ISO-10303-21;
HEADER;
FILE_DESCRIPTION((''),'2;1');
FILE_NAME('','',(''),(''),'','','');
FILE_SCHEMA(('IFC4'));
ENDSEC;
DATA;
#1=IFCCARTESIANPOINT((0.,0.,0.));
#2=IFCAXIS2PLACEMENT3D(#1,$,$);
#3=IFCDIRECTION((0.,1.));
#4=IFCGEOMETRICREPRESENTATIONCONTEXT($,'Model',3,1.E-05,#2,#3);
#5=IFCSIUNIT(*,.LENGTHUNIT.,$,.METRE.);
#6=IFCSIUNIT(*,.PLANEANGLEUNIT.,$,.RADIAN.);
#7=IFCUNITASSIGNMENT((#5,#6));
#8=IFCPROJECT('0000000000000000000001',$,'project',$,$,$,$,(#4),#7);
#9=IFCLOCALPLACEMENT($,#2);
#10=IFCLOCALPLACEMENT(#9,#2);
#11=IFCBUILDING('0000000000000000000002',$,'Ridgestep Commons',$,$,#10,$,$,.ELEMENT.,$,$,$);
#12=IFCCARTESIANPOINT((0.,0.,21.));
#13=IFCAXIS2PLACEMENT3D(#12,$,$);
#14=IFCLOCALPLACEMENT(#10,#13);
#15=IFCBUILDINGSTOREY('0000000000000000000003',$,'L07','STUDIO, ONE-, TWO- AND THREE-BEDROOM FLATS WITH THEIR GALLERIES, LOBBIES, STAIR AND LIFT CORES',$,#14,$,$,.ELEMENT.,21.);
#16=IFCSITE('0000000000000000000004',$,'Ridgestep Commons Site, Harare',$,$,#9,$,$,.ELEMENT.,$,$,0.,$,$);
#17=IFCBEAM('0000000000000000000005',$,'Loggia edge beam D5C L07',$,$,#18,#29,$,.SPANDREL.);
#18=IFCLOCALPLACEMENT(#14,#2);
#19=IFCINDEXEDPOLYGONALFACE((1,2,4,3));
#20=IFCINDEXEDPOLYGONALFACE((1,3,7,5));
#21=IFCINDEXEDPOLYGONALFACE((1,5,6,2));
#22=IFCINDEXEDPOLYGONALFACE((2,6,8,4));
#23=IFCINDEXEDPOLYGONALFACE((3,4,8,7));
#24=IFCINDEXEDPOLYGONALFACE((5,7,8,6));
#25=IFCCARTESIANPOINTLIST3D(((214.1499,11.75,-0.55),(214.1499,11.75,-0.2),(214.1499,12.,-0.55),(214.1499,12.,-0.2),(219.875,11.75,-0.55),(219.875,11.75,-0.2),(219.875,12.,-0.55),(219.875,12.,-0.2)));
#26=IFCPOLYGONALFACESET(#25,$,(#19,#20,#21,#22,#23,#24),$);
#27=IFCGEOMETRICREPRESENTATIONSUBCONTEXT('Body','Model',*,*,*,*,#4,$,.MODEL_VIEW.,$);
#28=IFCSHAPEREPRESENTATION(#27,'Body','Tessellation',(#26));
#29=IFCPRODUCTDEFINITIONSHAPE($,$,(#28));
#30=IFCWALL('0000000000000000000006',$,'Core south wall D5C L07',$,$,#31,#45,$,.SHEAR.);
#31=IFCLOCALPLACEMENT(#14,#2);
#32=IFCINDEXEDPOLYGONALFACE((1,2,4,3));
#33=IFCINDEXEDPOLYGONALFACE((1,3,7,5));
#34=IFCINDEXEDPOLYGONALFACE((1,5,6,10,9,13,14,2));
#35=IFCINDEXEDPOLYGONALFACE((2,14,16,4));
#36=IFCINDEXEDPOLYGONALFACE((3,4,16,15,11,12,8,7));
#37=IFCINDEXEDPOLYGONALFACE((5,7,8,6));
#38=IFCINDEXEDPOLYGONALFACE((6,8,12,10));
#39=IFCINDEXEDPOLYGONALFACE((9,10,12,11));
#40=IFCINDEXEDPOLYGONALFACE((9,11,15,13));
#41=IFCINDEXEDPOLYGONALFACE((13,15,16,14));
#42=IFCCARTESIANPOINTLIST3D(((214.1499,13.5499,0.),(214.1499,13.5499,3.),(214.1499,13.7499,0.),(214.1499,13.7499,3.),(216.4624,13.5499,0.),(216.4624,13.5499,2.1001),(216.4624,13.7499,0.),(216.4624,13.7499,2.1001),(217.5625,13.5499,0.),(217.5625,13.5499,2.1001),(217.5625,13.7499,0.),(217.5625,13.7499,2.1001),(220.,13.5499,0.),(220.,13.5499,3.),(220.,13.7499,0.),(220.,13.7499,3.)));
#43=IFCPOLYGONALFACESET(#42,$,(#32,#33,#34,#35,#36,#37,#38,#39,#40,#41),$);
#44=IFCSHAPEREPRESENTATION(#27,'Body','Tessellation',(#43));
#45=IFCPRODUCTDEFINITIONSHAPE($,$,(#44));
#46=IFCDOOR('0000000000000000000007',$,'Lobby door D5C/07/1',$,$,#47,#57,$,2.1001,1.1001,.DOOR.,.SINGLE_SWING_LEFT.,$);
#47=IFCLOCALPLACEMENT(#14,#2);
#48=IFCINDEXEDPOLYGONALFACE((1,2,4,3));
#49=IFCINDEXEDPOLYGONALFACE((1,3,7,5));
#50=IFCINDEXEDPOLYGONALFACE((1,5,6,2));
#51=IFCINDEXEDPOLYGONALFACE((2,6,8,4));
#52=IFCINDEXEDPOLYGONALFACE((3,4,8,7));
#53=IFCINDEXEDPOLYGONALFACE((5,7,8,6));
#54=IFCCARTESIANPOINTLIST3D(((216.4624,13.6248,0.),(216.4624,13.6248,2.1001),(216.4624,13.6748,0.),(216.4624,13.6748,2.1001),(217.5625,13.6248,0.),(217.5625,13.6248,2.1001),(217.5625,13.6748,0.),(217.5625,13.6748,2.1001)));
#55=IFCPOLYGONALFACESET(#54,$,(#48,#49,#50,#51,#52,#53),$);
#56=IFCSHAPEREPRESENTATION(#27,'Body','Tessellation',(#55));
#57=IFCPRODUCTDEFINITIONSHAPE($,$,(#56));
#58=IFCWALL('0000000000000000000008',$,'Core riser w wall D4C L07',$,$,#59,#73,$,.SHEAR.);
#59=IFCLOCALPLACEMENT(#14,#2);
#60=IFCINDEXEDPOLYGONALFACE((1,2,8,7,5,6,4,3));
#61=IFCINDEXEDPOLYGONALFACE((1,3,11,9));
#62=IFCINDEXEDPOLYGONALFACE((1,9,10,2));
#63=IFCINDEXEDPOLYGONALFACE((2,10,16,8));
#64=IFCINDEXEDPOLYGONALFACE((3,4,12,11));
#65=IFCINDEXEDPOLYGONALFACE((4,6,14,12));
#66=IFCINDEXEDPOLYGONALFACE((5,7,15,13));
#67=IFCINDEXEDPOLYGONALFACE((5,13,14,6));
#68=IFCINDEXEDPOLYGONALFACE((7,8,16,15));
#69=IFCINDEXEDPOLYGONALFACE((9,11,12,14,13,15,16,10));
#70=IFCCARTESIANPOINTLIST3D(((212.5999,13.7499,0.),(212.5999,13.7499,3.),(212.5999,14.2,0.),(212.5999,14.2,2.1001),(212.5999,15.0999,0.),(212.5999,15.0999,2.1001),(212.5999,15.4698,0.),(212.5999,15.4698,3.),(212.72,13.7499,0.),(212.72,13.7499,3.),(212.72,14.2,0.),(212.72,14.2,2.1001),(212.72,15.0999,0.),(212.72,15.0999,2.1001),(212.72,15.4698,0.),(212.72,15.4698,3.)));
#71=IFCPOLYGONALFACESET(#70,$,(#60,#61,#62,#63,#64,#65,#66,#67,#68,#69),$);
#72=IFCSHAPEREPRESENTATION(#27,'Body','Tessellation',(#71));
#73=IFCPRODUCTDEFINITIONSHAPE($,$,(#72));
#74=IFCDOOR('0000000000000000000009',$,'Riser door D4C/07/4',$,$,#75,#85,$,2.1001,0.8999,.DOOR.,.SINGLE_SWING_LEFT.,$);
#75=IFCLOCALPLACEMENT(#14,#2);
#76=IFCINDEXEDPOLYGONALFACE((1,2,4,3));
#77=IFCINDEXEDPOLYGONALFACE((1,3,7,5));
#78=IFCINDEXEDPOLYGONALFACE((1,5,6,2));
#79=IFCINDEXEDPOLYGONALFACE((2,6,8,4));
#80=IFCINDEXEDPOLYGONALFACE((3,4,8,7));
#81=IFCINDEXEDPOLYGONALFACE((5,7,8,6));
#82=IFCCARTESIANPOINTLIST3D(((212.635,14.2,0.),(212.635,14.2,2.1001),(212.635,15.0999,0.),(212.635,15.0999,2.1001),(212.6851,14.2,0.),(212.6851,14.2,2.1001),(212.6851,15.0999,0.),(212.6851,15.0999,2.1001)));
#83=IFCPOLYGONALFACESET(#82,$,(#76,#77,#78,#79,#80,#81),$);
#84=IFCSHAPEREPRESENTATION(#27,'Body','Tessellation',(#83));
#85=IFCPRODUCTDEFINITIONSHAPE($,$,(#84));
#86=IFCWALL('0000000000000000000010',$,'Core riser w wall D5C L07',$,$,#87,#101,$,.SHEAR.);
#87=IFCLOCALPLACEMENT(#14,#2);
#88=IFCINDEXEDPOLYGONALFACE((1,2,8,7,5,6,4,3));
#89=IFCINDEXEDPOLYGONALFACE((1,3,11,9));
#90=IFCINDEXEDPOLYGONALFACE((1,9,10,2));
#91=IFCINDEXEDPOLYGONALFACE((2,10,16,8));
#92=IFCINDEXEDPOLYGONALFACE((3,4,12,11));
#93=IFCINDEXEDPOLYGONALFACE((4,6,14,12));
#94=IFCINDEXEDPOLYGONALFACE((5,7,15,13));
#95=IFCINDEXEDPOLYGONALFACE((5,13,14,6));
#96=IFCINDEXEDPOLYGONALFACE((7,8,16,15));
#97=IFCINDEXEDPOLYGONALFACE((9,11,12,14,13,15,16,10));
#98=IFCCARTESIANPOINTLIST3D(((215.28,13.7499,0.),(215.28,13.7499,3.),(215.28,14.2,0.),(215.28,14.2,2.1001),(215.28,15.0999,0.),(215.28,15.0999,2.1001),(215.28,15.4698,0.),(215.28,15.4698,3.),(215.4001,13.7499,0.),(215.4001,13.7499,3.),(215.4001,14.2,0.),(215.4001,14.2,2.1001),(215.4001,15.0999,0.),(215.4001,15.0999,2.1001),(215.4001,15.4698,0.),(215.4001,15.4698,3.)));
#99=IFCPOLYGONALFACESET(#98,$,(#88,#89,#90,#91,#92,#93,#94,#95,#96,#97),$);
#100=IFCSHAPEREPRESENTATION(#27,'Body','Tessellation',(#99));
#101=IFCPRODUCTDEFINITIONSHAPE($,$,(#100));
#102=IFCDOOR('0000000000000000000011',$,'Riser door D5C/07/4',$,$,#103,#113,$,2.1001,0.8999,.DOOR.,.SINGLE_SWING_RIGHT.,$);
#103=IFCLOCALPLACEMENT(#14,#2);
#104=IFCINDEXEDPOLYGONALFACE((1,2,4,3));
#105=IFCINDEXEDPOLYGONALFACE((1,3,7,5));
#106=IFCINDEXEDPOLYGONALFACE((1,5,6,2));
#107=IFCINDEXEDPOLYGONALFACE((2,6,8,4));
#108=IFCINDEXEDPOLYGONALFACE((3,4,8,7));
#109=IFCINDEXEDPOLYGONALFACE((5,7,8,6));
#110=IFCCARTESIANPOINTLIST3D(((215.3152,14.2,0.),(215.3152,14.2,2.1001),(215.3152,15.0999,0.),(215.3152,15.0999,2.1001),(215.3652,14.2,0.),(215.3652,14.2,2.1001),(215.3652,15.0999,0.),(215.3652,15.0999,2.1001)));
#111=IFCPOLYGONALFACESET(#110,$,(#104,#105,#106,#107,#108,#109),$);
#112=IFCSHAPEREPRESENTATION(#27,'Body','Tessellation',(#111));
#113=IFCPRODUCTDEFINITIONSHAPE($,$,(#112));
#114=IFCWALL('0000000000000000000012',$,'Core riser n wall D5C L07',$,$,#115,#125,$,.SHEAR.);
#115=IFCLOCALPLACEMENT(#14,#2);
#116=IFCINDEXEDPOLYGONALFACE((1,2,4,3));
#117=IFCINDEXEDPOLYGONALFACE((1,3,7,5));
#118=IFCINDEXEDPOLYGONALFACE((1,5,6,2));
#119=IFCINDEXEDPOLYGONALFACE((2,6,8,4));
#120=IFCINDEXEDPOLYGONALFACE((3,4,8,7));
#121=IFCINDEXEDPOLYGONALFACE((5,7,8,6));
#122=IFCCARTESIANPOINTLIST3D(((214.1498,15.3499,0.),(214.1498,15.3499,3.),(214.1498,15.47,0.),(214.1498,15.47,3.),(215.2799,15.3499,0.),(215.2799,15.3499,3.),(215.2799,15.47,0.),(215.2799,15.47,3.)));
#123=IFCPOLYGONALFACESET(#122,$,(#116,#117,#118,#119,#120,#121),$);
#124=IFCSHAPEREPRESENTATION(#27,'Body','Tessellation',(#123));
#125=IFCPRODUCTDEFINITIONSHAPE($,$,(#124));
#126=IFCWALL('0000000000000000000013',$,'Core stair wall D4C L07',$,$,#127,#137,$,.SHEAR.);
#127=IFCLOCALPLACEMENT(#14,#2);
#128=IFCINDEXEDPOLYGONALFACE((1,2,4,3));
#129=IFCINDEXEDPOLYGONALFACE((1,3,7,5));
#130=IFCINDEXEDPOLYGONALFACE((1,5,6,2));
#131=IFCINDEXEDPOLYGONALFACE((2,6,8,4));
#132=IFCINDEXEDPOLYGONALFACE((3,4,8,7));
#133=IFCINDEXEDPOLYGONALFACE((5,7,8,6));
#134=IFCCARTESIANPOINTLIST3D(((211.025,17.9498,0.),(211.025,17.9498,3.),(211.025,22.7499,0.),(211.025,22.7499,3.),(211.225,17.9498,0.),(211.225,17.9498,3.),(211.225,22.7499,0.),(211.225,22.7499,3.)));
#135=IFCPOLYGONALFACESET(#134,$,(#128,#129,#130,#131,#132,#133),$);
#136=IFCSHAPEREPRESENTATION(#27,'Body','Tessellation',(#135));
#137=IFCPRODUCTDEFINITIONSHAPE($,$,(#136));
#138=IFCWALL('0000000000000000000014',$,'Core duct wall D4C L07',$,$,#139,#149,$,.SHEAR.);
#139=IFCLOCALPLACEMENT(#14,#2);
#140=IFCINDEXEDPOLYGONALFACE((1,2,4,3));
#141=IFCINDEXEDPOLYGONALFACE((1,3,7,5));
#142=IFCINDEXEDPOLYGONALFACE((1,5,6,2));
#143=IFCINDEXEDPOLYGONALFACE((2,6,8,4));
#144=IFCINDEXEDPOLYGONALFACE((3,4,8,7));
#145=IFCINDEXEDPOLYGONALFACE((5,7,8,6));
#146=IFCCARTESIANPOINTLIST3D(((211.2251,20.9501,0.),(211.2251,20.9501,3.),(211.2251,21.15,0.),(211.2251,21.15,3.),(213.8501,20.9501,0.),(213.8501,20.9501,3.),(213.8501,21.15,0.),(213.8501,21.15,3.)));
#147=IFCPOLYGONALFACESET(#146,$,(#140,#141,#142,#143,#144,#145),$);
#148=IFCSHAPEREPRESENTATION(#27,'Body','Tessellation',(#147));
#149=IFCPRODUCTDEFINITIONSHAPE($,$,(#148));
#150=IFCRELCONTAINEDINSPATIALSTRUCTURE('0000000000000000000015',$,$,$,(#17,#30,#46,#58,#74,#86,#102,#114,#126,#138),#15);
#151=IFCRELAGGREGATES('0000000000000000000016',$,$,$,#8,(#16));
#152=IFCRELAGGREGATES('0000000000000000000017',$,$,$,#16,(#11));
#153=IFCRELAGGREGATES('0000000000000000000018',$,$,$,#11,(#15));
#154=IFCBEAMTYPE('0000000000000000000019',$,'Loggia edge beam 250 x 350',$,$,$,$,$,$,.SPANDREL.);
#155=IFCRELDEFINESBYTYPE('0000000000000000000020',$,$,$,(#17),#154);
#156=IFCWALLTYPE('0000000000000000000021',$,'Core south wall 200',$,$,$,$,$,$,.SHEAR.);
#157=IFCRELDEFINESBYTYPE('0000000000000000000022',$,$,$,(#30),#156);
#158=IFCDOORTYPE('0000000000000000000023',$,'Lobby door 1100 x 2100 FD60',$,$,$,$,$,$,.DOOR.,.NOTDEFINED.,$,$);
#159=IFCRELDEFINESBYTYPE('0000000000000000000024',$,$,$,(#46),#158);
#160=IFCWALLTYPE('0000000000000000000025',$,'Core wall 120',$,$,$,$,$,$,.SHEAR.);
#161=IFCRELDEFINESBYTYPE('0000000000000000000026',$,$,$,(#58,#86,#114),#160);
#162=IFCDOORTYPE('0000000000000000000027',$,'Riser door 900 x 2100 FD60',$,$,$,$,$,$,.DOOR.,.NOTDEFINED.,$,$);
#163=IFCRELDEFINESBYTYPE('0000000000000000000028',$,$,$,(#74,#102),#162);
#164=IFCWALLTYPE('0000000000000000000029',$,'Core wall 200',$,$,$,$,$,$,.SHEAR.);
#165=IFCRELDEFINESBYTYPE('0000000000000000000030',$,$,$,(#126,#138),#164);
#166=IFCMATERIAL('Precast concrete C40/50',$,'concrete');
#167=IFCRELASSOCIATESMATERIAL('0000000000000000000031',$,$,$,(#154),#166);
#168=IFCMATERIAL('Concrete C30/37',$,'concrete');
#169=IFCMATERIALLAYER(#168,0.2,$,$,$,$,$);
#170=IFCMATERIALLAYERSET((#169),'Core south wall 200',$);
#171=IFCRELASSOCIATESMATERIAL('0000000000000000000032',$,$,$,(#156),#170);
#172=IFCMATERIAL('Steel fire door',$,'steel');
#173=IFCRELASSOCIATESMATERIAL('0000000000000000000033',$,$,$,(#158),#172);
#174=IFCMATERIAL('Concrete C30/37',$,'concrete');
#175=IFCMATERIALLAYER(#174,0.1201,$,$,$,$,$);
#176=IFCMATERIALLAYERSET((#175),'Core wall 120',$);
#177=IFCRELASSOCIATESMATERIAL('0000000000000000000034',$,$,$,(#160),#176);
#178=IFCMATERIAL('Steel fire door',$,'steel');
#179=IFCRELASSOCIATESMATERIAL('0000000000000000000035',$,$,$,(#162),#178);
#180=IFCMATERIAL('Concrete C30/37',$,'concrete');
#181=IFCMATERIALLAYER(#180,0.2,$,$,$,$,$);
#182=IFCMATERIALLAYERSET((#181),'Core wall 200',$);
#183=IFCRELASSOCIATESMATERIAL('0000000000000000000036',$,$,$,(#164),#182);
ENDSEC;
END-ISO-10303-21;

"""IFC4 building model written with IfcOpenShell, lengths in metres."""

from ifc_helpers import new_model, si_unit, direction, frame, frame_2d, origin, origin_2d, place, context, subcontext, project, spatial, rectangle, extrude, material, layer, layer_set, material_profile, profile_set, type_object, element, fill, save


model = new_model("IFC4")

# Units and contexts
model_context = context("Model", 3, precision=1e-05, world=origin(), true_north=direction((0.0, 1.0)))
body_context = subcontext(model_context, "Body", "Model", "MODEL_VIEW")
ifc_project = project(units=[si_unit("LENGTHUNIT", "METRE"), si_unit("PLANEANGLEUNIT", "RADIAN")], contexts=[model_context])

# Site, building, storey
site_placement = place(None, origin())
site = spatial("IfcSite", under=ifc_project, at=site_placement, Name="Ridgestep Commons Site, Harare", CompositionType="ELEMENT", RefElevation=0.0)
building_placement = place(site_placement, origin())
building = spatial("IfcBuilding", under=site, at=building_placement, Name="Ridgestep Commons", CompositionType="ELEMENT")
storey_placement = place(building_placement, frame((0.0, 0.0, 21.0)))
storey = spatial("IfcBuildingStorey", under=building, at=storey_placement, Name="L07", Description="STUDIO, ONE-, TWO- AND THREE-BEDROOM FLATS WITH THEIR GALLERIES, LOBBIES, STAIR AND LIFT CORES", CompositionType="ELEMENT", Elevation=21.0)

# Beam
ifc_material_1 = material(Name="Precast concrete C40/50", Category="concrete")
ifc_material_profile = material_profile(ifc_material_1, rectangle(XDim=0.25, YDim=0.3501, at=origin_2d()), Name="PC 250x350")
ifc_profile_set = profile_set([ifc_material_profile], Name="Precast concrete C40/50")
beam_type = type_object("IfcBeamType", Name="Loggia edge beam 250 x 350", PredefinedType="SPANDREL", material=ifc_profile_set)
beam_placement = place(storey_placement, frame((214.1499, 11.875, -0.375), z_axis=(1.0, 0.0, 0.0), x_axis=(0.0, 1.0, 0.0)))
element("IfcBeam", 1, at=beam_placement, inside=storey, type_object=beam_type, Name="Loggia edge beam D5C L07", PredefinedType="SPANDREL", context=body_context, shape_type="SweptSolid", body=[
    extrude(rectangle(XDim=0.25, YDim=0.3501, at=origin_2d()), origin(), (0.0, 0.0, 1.0), 5.7251),
])

# Walls, openings, doors
ifc_material_2 = material(Name="Concrete C30/37", Category="concrete")
ifc_layer_1 = layer(ifc_material_2, 0.2)
ifc_layer_set_1 = layer_set([ifc_layer_1], Name="Core south wall 200")
wall_type_1 = type_object("IfcWallType", Name="Core south wall 200", PredefinedType="SHEAR", material=ifc_layer_set_1)
wall_1_placement = place(storey_placement, frame((214.1499, 13.6499, 0.0), z_axis=(0.0, 0.0, 1.0), x_axis=(1.0, 0.0, 0.0)))
wall_1 = element("IfcWall", 2, at=wall_1_placement, inside=storey, type_object=wall_type_1, Name="Core south wall D5C L07", PredefinedType="SHEAR", context=body_context, shape_type="SweptSolid", body=[
    extrude(rectangle(XDim=5.8501, YDim=0.2, at=frame_2d((2.925, 0.0))), origin(), (0.0, 0.0, 1.0), 3.0),
])
opening_1_placement = place(wall_1_placement, frame((2.3125, 0.0, 0.0)))
opening_1 = element("IfcOpeningElement", 3, at=opening_1_placement, cuts=wall_1, PredefinedType="OPENING", context=body_context, shape_type="SweptSolid", body=[
    extrude(rectangle(XDim=1.1001, YDim=2.1001, at=frame_2d((0.55, 1.05))), frame((0.0, 0.1099, 0.0), z_axis=(0.0, -1.0, 0.0), x_axis=(1.0, 0.0, 0.0)), (0.0, 0.0, 1.0), 0.22),
])
ifc_material_3 = material(Name="Steel fire door", Category="steel")
door_type_1 = type_object("IfcDoorType", Name="Lobby door 1100 x 2100 FD60", OperationType="NOTDEFINED", PredefinedType="DOOR", material=ifc_material_3)
door_1_placement = place(opening_1_placement, origin())
door_1 = element("IfcDoor", 4, at=door_1_placement, inside=storey, type_object=door_type_1, Name="Lobby door D5C/07/1", OperationType="SINGLE_SWING_LEFT", OverallHeight=2.1001, OverallWidth=1.1001, PredefinedType="DOOR", context=body_context, shape_type="SweptSolid", body=[
    extrude(rectangle(XDim=1.1001, YDim=2.1001, at=frame_2d((0.55, 1.05))), frame((0.0, 0.0249, 0.0), z_axis=(0.0, -1.0, 0.0), x_axis=(1.0, 0.0, 0.0)), (0.0, 0.0, 1.0), 0.05),
])
fill(opening_1, door_1)
ifc_material_4 = material(Name="Concrete C30/37", Category="concrete")
ifc_layer_2 = layer(ifc_material_4, 0.1201)
ifc_layer_set_2 = layer_set([ifc_layer_2], Name="Core wall 120")
wall_type_2 = type_object("IfcWallType", Name="Core wall 120", PredefinedType="SHEAR", material=ifc_layer_set_2)
wall_2_placement = place(storey_placement, frame((212.6599, 13.75, 0.0), z_axis=(0.0, 0.0, 1.0), x_axis=(0.0, 1.0, 0.0)))
wall_2 = element("IfcWall", 5, at=wall_2_placement, inside=storey, type_object=wall_type_2, Name="Core riser w wall D4C L07", PredefinedType="SHEAR", context=body_context, shape_type="SweptSolid", body=[
    extrude(rectangle(XDim=1.72, YDim=0.1201, at=frame_2d((0.8599, 0.0))), origin(), (0.0, 0.0, 1.0), 3.0),
])
opening_2_placement = place(wall_2_placement, frame((0.45, 0.0, 0.0)))
opening_2 = element("IfcOpeningElement", 6, at=opening_2_placement, cuts=wall_2, PredefinedType="OPENING", context=body_context, shape_type="SweptSolid", body=[
    extrude(rectangle(XDim=0.8999, YDim=2.1001, at=frame_2d((0.45, 1.05))), frame((0.0, 0.0701, 0.0), z_axis=(0.0, -1.0, 0.0), x_axis=(1.0, 0.0, 0.0)), (0.0, 0.0, 1.0), 0.1401),
])
ifc_material_5 = material(Name="Steel fire door", Category="steel")
door_type_2 = type_object("IfcDoorType", Name="Riser door 900 x 2100 FD60", OperationType="NOTDEFINED", PredefinedType="DOOR", material=ifc_material_5)
door_2_placement = place(opening_2_placement, origin())
door_2 = element("IfcDoor", 7, at=door_2_placement, inside=storey, type_object=door_type_2, Name="Riser door D4C/07/4", OperationType="SINGLE_SWING_LEFT", OverallHeight=2.1001, OverallWidth=0.8999, PredefinedType="DOOR", context=body_context, shape_type="SweptSolid", body=[
    extrude(rectangle(XDim=0.8999, YDim=2.1001, at=frame_2d((0.45, 1.05))), frame((0.0, 0.0249, 0.0), z_axis=(0.0, -1.0, 0.0), x_axis=(1.0, 0.0, 0.0)), (0.0, 0.0, 1.0), 0.05),
])
fill(opening_2, door_2)

# Wall, opening, door
wall_3_placement = place(storey_placement, frame((215.3401, 13.75, 0.0), z_axis=(0.0, 0.0, 1.0), x_axis=(0.0, 1.0, 0.0)))
wall_3 = element("IfcWall", 8, at=wall_3_placement, inside=storey, type_object=wall_type_2, Name="Core riser w wall D5C L07", PredefinedType="SHEAR", context=body_context, shape_type="SweptSolid", body=[
    extrude(rectangle(XDim=1.72, YDim=0.1201, at=frame_2d((0.8599, 0.0))), origin(), (0.0, 0.0, 1.0), 3.0),
])
opening_3_placement = place(wall_3_placement, frame((0.45, 0.0, 0.0)))
opening_3 = element("IfcOpeningElement", 9, at=opening_3_placement, cuts=wall_3, PredefinedType="OPENING", context=body_context, shape_type="SweptSolid", body=[
    extrude(rectangle(XDim=0.8999, YDim=2.1001, at=frame_2d((0.45, 1.05))), frame((0.0, 0.0701, 0.0), z_axis=(0.0, -1.0, 0.0), x_axis=(1.0, 0.0, 0.0)), (0.0, 0.0, 1.0), 0.1401),
])
door_3_placement = place(opening_3_placement, origin())
door_3 = element("IfcDoor", 10, at=door_3_placement, inside=storey, type_object=door_type_2, Name="Riser door D5C/07/4", OperationType="SINGLE_SWING_RIGHT", OverallHeight=2.1001, OverallWidth=0.8999, PredefinedType="DOOR", context=body_context, shape_type="SweptSolid", body=[
    extrude(rectangle(XDim=0.8999, YDim=2.1001, at=frame_2d((0.45, 1.05))), frame((0.0, 0.0249, 0.0), z_axis=(0.0, -1.0, 0.0), x_axis=(1.0, 0.0, 0.0)), (0.0, 0.0, 1.0), 0.05),
])
fill(opening_3, door_3)

# Walls
wall_4_placement = place(storey_placement, frame((214.1499, 15.4099, 0.0), z_axis=(0.0, 0.0, 1.0), x_axis=(1.0, 0.0, 0.0)))
element("IfcWall", 11, at=wall_4_placement, inside=storey, type_object=wall_type_2, Name="Core riser n wall D5C L07", PredefinedType="SHEAR", context=body_context, shape_type="SweptSolid", body=[
    extrude(rectangle(XDim=1.1301, YDim=0.1201, at=frame_2d((0.5649, 0.0))), origin(), (0.0, 0.0, 1.0), 3.0),
])
ifc_material_6 = material(Name="Concrete C30/37", Category="concrete")
ifc_layer_3 = layer(ifc_material_6, 0.2)
ifc_layer_set_3 = layer_set([ifc_layer_3], Name="Core wall 200")
wall_type_3 = type_object("IfcWallType", Name="Core wall 200", PredefinedType="SHEAR", material=ifc_layer_set_3)
wall_5_placement = place(storey_placement, frame((211.125, 17.95, 0.0), z_axis=(0.0, 0.0, 1.0), x_axis=(0.0, 1.0, 0.0)))
element("IfcWall", 12, at=wall_5_placement, inside=storey, type_object=wall_type_3, Name="Core stair wall D4C L07", PredefinedType="SHEAR", context=body_context, shape_type="SweptSolid", body=[
    extrude(rectangle(XDim=4.8, YDim=0.2, at=frame_2d((2.3999, 0.0))), origin(), (0.0, 0.0, 1.0), 3.0),
])
wall_6_placement = place(storey_placement, frame((211.2251, 21.05, 0.0), z_axis=(0.0, 0.0, 1.0), x_axis=(1.0, 0.0, 0.0)))
element("IfcWall", 13, at=wall_6_placement, inside=storey, type_object=wall_type_3, Name="Core duct wall D4C L07", PredefinedType="SHEAR", context=body_context, shape_type="SweptSolid", body=[
    extrude(rectangle(XDim=2.625, YDim=0.2, at=frame_2d((1.3125, 0.0))), origin(), (0.0, 0.0, 1.0), 3.0),
])

save(model, "model.ifc")
